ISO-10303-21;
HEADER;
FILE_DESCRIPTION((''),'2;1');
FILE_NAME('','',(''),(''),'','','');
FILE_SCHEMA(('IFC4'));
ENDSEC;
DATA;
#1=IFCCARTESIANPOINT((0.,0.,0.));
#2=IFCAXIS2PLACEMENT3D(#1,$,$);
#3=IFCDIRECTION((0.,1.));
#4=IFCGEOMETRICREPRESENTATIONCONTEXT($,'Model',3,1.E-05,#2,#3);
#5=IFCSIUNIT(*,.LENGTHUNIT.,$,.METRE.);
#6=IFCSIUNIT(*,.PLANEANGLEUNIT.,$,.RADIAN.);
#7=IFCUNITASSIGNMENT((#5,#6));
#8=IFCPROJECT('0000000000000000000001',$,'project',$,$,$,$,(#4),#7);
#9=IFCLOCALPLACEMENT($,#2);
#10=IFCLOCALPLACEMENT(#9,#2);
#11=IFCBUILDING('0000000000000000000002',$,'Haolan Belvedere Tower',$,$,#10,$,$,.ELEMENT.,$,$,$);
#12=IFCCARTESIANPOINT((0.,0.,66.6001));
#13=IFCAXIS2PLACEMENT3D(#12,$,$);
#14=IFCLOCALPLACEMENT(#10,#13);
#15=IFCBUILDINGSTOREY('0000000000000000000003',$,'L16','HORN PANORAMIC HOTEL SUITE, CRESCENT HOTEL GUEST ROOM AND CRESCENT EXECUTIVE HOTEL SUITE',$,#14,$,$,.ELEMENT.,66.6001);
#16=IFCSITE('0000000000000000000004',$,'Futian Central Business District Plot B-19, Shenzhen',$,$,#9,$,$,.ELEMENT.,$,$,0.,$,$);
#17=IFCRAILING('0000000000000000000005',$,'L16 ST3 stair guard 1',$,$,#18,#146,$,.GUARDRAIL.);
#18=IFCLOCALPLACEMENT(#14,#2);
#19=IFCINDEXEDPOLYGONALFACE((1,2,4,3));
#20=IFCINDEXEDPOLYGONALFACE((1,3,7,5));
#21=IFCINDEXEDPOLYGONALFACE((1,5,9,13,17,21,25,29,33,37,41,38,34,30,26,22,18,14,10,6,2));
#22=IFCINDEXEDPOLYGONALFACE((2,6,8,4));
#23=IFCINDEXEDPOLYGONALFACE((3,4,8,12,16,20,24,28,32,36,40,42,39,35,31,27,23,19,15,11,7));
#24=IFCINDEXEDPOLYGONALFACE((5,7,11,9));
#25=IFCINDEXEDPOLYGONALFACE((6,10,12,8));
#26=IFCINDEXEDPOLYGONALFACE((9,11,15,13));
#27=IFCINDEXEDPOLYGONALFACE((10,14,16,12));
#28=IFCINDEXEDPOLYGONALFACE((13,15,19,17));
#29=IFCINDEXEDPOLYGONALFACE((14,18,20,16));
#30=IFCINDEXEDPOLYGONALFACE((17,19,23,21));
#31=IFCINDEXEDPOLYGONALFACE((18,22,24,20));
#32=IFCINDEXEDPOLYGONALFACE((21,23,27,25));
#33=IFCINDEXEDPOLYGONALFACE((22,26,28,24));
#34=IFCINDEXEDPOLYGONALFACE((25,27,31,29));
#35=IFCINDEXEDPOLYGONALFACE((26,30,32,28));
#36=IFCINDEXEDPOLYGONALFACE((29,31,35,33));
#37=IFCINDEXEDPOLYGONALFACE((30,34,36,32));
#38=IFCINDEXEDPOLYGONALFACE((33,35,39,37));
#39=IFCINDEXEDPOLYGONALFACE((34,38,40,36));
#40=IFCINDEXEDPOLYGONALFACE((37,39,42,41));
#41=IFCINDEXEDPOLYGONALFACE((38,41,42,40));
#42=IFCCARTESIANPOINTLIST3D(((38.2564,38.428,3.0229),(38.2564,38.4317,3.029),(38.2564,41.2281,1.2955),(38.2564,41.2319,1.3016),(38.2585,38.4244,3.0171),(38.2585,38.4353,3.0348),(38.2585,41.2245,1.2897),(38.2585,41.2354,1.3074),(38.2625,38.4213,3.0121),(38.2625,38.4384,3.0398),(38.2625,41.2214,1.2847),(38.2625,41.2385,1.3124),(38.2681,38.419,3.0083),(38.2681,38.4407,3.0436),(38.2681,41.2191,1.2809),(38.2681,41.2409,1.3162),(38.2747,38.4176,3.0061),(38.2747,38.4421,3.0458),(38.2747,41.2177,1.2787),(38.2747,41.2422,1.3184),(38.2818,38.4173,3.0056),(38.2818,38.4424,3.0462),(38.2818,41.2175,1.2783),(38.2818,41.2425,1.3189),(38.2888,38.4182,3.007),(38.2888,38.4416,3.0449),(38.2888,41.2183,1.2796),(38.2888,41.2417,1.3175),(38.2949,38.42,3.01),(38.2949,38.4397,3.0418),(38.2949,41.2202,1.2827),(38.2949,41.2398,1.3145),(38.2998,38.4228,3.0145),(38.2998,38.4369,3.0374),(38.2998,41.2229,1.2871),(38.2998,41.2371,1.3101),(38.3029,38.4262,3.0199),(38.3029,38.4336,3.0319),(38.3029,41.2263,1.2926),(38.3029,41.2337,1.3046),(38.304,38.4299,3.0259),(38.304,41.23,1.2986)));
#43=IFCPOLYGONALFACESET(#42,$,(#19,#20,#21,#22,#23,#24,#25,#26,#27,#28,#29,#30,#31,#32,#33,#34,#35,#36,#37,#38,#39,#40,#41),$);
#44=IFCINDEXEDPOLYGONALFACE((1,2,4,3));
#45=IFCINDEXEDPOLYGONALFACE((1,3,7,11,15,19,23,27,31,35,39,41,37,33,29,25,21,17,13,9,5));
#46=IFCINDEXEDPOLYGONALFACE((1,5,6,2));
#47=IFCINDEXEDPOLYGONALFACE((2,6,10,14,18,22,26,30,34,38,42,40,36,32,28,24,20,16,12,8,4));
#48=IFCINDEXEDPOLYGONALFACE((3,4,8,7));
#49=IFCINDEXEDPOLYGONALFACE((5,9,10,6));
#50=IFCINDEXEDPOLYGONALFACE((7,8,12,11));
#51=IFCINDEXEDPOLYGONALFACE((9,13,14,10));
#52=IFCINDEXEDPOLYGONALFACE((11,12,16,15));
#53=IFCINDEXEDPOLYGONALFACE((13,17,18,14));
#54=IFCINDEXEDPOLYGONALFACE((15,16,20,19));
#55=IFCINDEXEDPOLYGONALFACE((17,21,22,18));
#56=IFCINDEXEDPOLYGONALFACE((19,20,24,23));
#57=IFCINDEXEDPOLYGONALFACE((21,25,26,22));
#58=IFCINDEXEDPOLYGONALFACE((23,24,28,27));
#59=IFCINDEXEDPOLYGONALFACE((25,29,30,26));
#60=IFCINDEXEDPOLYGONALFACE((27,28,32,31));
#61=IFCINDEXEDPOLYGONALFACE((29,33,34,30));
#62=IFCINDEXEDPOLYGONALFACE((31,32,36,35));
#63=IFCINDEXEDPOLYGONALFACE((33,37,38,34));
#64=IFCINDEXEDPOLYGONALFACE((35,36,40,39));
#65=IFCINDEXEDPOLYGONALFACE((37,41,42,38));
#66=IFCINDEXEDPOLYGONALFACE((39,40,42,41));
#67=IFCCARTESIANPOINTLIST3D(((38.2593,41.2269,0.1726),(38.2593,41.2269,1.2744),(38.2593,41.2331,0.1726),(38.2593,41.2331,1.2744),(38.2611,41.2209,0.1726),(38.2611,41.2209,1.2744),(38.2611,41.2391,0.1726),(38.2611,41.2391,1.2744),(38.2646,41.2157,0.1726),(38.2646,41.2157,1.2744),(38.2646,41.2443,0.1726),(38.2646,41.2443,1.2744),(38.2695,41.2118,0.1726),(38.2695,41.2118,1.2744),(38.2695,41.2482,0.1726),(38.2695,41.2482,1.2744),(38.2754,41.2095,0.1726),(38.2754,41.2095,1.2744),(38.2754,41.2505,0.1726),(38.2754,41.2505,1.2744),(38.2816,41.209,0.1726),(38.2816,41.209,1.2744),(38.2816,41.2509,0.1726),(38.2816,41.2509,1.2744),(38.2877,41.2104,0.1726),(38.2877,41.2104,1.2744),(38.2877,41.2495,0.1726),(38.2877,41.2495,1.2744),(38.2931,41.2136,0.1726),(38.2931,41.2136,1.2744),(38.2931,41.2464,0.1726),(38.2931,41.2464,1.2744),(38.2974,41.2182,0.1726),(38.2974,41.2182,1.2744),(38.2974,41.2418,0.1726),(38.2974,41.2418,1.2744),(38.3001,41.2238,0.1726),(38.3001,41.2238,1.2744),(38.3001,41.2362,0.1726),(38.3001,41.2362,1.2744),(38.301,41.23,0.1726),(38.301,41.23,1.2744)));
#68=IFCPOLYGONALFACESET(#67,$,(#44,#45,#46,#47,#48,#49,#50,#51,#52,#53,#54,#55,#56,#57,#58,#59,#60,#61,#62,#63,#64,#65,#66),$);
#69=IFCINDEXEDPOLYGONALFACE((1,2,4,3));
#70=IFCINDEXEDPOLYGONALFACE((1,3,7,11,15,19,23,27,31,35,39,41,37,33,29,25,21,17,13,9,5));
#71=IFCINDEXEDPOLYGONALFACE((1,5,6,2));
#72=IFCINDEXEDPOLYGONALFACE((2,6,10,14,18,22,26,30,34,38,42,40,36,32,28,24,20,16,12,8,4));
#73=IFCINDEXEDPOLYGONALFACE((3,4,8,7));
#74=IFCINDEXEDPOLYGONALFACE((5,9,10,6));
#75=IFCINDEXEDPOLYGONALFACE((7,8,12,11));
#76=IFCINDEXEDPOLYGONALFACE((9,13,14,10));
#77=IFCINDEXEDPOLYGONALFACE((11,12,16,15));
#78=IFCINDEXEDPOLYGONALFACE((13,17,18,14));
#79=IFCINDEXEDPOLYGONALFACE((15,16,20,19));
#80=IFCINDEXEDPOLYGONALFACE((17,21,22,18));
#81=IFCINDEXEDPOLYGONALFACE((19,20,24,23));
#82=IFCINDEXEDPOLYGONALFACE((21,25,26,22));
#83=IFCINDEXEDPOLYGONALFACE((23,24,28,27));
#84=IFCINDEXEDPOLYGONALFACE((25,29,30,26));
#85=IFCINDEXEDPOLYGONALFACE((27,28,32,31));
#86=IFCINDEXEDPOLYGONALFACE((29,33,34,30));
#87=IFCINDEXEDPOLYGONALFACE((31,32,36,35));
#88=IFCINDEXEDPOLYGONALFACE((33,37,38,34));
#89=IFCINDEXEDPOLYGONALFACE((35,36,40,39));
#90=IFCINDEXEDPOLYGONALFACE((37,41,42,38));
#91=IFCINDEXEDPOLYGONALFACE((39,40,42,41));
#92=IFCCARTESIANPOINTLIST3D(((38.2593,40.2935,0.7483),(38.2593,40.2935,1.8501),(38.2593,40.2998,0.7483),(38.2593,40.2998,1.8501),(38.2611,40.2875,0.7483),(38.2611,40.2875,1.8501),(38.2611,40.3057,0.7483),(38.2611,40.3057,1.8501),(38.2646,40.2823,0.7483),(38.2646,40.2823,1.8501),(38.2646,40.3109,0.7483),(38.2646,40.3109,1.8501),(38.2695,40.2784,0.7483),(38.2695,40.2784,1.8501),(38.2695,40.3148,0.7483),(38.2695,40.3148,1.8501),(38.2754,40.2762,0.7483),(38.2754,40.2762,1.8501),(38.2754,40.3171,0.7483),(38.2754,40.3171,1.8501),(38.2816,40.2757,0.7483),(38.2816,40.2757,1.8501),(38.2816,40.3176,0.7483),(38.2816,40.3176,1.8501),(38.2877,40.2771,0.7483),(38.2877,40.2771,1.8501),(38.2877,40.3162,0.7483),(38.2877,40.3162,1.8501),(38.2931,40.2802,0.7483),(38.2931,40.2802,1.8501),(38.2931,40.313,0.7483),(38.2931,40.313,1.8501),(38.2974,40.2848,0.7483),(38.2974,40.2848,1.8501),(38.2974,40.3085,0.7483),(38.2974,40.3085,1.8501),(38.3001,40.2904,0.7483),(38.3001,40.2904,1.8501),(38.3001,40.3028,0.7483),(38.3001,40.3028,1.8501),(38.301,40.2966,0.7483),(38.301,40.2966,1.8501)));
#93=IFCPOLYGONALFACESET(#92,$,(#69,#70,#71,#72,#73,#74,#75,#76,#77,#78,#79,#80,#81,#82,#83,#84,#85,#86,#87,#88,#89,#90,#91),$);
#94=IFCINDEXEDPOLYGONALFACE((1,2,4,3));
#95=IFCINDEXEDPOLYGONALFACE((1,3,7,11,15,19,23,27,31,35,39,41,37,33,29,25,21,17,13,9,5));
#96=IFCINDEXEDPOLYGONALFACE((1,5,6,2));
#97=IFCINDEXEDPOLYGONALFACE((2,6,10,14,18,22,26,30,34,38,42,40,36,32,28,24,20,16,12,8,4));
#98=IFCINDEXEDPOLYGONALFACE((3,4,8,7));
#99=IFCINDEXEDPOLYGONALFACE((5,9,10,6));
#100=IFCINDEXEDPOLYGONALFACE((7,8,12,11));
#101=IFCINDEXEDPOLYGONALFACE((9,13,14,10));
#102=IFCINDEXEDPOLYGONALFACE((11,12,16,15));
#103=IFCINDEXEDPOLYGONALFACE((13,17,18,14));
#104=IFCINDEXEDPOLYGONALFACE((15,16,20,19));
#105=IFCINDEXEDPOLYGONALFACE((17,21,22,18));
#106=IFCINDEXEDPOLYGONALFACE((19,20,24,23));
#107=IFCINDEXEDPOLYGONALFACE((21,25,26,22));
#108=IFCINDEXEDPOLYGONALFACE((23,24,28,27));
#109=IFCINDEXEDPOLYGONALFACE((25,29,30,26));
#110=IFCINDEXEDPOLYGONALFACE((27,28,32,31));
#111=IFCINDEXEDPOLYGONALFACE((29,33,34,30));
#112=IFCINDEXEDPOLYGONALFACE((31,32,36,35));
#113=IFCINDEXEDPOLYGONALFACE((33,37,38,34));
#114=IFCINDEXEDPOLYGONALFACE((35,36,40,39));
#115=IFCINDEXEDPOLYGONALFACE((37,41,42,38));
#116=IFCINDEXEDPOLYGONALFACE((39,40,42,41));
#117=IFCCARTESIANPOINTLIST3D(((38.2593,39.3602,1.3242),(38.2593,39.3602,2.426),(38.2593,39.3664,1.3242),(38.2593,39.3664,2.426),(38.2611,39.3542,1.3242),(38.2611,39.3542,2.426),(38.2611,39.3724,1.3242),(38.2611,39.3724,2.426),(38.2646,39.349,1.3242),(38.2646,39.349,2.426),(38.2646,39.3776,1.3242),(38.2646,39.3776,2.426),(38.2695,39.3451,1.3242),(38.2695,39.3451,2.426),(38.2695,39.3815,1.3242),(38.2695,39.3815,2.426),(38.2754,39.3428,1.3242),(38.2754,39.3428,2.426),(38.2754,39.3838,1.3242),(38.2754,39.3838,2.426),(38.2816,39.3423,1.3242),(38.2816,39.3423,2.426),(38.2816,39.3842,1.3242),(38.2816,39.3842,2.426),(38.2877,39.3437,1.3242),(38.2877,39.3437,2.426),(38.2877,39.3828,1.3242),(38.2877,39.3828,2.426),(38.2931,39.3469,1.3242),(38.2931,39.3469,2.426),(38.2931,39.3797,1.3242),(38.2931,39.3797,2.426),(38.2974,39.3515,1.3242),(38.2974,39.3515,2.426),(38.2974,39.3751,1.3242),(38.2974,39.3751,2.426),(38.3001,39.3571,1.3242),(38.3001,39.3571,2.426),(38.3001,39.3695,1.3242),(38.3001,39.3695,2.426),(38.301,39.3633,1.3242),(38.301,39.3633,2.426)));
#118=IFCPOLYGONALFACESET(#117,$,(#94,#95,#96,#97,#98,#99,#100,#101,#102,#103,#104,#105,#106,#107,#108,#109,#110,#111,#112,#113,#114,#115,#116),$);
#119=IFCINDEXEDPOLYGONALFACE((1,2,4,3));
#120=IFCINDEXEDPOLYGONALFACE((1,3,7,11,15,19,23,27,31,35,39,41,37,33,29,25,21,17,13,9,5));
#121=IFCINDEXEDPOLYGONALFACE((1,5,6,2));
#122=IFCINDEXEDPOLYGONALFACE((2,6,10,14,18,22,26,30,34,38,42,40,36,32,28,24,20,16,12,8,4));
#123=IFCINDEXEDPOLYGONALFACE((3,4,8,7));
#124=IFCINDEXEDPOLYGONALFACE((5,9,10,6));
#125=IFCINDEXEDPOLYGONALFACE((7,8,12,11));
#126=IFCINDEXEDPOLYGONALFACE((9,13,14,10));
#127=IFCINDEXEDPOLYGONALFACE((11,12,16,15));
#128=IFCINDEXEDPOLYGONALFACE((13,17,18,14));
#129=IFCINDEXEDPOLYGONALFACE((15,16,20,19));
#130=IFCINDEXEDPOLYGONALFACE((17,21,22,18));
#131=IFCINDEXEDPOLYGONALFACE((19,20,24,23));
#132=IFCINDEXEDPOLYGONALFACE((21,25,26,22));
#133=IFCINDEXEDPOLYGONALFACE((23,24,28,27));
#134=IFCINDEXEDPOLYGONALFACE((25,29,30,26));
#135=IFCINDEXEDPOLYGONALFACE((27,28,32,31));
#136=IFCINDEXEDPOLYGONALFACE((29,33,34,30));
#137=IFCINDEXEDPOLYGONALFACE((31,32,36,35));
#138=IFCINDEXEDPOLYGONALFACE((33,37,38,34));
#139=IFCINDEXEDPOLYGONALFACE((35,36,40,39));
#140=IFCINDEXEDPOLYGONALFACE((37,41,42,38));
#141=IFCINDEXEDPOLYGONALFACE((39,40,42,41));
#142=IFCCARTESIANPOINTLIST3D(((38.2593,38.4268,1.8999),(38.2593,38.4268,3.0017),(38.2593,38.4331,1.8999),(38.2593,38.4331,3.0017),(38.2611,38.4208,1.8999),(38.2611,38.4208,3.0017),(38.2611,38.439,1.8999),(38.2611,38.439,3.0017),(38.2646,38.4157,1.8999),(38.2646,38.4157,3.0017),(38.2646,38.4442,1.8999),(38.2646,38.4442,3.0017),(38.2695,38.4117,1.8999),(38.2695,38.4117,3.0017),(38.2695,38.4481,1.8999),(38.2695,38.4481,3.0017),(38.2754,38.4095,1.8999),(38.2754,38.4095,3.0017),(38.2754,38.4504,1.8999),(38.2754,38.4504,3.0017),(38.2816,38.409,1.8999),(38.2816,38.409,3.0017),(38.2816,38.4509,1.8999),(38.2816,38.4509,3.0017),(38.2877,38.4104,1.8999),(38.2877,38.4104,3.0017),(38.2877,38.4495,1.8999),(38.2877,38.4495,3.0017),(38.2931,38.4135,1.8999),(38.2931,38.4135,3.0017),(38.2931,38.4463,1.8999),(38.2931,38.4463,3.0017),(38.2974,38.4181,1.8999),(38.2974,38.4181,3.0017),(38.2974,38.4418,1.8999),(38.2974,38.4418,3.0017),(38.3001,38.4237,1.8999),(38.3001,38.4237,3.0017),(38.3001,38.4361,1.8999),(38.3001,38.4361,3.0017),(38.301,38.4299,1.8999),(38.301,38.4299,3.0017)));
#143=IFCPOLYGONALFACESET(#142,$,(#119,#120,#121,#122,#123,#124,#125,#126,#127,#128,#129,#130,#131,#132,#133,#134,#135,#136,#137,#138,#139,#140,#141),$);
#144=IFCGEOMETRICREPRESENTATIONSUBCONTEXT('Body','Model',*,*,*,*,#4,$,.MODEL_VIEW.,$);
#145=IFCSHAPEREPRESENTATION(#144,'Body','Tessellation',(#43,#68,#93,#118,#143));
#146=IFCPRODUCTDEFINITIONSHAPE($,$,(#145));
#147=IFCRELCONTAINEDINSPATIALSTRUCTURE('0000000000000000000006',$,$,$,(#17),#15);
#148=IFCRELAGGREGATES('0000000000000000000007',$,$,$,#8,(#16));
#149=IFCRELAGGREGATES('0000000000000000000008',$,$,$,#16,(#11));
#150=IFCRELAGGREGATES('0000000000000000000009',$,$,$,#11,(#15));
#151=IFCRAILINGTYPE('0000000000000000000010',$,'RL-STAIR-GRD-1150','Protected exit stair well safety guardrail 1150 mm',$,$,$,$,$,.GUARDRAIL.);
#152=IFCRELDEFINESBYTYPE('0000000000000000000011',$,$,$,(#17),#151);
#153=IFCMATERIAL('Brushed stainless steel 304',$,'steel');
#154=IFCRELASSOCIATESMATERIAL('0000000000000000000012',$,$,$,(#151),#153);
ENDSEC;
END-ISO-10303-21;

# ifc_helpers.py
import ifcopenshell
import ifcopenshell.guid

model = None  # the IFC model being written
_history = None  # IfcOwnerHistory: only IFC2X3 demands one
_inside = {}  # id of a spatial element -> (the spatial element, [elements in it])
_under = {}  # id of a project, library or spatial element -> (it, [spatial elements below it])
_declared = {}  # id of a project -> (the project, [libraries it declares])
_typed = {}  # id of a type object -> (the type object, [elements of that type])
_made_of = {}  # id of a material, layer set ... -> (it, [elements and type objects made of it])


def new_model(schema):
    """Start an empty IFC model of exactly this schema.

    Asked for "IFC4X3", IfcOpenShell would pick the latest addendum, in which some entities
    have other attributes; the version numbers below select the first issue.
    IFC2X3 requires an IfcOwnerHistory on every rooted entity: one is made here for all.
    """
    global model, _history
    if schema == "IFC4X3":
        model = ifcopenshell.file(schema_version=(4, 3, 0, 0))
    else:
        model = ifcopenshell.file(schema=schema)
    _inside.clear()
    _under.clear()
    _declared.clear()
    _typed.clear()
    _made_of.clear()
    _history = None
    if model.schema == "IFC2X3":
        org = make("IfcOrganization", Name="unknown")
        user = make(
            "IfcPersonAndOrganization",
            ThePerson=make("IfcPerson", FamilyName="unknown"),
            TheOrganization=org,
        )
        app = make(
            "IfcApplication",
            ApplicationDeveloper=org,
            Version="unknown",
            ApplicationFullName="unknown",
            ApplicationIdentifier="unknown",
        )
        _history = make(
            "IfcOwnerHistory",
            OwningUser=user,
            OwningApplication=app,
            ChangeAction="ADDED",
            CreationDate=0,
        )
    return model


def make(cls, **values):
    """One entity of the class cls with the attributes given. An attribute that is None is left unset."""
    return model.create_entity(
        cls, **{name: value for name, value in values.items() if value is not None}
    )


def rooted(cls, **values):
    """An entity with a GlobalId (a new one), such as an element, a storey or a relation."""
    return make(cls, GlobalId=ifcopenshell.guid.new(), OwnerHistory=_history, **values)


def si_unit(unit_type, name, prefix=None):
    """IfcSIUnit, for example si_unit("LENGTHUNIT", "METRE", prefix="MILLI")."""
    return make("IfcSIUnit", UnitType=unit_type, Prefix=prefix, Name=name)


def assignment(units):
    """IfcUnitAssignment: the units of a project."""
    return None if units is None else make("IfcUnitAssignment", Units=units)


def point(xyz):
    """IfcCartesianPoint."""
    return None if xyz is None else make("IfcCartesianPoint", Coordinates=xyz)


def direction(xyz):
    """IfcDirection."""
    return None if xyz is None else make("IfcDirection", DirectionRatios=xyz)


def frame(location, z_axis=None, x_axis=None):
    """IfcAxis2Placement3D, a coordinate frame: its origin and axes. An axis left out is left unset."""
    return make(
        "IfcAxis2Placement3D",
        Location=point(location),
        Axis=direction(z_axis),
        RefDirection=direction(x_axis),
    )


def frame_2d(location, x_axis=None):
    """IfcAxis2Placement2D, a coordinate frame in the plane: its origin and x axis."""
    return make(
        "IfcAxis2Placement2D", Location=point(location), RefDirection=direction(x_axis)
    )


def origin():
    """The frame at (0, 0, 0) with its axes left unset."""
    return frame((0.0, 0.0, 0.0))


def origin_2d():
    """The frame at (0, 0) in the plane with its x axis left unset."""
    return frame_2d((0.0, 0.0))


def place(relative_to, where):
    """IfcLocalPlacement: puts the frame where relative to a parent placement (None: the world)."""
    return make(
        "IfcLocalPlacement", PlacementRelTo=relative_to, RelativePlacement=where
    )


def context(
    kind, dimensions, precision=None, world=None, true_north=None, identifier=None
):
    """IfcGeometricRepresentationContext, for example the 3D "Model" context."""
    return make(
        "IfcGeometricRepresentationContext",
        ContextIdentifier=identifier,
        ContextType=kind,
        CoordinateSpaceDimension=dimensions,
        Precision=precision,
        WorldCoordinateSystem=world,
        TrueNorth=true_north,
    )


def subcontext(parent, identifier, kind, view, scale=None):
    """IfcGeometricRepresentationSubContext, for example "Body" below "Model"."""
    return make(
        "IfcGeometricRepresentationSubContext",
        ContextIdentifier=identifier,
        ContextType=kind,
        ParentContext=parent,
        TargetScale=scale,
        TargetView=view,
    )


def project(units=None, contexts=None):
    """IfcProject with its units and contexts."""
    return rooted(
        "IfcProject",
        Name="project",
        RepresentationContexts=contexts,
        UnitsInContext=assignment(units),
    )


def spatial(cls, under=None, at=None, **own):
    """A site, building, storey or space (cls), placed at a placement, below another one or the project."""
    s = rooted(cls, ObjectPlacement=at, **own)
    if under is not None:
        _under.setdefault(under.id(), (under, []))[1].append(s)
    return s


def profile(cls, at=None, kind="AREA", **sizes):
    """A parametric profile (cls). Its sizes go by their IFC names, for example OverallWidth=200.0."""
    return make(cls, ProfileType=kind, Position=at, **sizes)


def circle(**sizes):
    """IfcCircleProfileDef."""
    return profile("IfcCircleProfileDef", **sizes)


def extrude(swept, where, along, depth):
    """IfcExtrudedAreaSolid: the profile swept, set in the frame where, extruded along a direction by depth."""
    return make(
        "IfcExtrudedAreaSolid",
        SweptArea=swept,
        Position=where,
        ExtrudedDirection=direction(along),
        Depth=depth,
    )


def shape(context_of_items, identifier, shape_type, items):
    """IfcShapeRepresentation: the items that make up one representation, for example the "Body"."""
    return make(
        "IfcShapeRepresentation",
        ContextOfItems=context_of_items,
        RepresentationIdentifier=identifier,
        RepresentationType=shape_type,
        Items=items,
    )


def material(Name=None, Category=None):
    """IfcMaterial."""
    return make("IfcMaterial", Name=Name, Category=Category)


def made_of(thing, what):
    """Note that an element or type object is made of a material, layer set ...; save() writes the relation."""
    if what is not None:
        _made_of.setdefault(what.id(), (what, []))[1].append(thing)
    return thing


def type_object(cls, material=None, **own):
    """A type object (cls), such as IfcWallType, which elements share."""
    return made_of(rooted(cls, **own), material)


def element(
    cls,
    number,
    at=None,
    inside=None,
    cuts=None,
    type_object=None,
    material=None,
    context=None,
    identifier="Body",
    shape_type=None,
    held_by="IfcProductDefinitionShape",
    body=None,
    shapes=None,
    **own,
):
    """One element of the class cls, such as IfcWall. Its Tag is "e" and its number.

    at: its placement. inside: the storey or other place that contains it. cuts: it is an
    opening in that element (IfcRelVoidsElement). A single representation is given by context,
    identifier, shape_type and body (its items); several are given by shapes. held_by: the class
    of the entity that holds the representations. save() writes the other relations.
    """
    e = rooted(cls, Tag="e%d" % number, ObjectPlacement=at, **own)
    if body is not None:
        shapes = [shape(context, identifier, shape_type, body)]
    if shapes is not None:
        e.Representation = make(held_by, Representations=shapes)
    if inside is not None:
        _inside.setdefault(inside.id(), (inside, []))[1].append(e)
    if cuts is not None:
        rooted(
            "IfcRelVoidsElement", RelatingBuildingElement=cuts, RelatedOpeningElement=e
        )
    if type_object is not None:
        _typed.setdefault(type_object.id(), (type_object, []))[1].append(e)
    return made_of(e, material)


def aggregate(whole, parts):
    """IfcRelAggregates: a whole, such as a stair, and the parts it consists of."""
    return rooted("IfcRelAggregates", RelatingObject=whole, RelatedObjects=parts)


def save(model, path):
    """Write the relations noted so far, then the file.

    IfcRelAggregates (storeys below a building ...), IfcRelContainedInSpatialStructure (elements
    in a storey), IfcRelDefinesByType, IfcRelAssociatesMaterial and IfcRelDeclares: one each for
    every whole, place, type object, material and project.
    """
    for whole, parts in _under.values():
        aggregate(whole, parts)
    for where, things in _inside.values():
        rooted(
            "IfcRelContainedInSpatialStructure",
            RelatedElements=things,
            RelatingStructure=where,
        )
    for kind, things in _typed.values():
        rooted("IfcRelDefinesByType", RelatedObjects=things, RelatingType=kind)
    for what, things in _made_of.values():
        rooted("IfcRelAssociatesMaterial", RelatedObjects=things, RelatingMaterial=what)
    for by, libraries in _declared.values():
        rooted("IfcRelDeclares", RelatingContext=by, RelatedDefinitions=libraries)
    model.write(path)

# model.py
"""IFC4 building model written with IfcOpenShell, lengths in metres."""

from ifc_helpers import new_model, si_unit, direction, frame, origin, origin_2d, place, context, subcontext, project, spatial, circle, extrude, material, type_object, element, save


model = new_model("IFC4")

# Units and contexts
model_context = context("Model", 3, precision=1e-05, world=origin(), true_north=direction((0.0, 1.0)))
body_context = subcontext(model_context, "Body", "Model", "MODEL_VIEW")
ifc_project = project(units=[si_unit("LENGTHUNIT", "METRE"), si_unit("PLANEANGLEUNIT", "RADIAN")], contexts=[model_context])

# Site, building, storey
site_placement = place(None, origin())
site = spatial("IfcSite", under=ifc_project, at=site_placement, Name="Futian Central Business District Plot B-19, Shenzhen", CompositionType="ELEMENT", RefElevation=0.0)
building_placement = place(site_placement, origin())
building = spatial("IfcBuilding", under=site, at=building_placement, Name="Haolan Belvedere Tower", CompositionType="ELEMENT")
storey_placement = place(building_placement, frame((0.0, 0.0, 66.6001)))
storey = spatial("IfcBuildingStorey", under=building, at=storey_placement, Name="L16", Description="HORN PANORAMIC HOTEL SUITE, CRESCENT HOTEL GUEST ROOM AND CRESCENT EXECUTIVE HOTEL SUITE", CompositionType="ELEMENT", Elevation=66.6001)

# Railing
ifc_material_1 = material(Name="Brushed stainless steel 304", Category="steel")
railing_type_1 = type_object("IfcRailingType", Name="RL-STAIR-GRD-1150", Description="Protected exit stair well safety guardrail 1150 mm", PredefinedType="GUARDRAIL", material=ifc_material_1)
railing_1_placement = place(storey_placement, frame((38.28, 41.23, 0.1726)))
element("IfcRailing", 1, at=railing_1_placement, inside=storey, type_object=railing_type_1, Name="L16 ST3 stair guard 1", PredefinedType="GUARDRAIL", context=body_context, shape_type="SweptSolid", body=[
    extrude(circle(Radius=0.0239, at=origin_2d()), frame((0.0, 0.0, 1.126), z_axis=(0.0, -0.85109, 0.52502), x_axis=(1.0, 0.0, 0.0)), (0.0, 0.0, 1.0), 3.29),
    extrude(circle(Radius=0.021, at=origin_2d()), origin(), (0.0, 0.0, 1.0), 1.1018),
    extrude(circle(Radius=0.021, at=origin_2d()), frame((0.0, -0.9333, 0.5757)), (0.0, 0.0, 1.0), 1.1018),
    extrude(circle(Radius=0.021, at=origin_2d()), frame((0.0, -1.8667, 1.1516)), (0.0, 0.0, 1.0), 1.1018),
    extrude(circle(Radius=0.021, at=origin_2d()), frame((0.0, -2.8, 1.7273)), (0.0, 0.0, 1.0), 1.1018),
])

save(model, "model.ifc")
